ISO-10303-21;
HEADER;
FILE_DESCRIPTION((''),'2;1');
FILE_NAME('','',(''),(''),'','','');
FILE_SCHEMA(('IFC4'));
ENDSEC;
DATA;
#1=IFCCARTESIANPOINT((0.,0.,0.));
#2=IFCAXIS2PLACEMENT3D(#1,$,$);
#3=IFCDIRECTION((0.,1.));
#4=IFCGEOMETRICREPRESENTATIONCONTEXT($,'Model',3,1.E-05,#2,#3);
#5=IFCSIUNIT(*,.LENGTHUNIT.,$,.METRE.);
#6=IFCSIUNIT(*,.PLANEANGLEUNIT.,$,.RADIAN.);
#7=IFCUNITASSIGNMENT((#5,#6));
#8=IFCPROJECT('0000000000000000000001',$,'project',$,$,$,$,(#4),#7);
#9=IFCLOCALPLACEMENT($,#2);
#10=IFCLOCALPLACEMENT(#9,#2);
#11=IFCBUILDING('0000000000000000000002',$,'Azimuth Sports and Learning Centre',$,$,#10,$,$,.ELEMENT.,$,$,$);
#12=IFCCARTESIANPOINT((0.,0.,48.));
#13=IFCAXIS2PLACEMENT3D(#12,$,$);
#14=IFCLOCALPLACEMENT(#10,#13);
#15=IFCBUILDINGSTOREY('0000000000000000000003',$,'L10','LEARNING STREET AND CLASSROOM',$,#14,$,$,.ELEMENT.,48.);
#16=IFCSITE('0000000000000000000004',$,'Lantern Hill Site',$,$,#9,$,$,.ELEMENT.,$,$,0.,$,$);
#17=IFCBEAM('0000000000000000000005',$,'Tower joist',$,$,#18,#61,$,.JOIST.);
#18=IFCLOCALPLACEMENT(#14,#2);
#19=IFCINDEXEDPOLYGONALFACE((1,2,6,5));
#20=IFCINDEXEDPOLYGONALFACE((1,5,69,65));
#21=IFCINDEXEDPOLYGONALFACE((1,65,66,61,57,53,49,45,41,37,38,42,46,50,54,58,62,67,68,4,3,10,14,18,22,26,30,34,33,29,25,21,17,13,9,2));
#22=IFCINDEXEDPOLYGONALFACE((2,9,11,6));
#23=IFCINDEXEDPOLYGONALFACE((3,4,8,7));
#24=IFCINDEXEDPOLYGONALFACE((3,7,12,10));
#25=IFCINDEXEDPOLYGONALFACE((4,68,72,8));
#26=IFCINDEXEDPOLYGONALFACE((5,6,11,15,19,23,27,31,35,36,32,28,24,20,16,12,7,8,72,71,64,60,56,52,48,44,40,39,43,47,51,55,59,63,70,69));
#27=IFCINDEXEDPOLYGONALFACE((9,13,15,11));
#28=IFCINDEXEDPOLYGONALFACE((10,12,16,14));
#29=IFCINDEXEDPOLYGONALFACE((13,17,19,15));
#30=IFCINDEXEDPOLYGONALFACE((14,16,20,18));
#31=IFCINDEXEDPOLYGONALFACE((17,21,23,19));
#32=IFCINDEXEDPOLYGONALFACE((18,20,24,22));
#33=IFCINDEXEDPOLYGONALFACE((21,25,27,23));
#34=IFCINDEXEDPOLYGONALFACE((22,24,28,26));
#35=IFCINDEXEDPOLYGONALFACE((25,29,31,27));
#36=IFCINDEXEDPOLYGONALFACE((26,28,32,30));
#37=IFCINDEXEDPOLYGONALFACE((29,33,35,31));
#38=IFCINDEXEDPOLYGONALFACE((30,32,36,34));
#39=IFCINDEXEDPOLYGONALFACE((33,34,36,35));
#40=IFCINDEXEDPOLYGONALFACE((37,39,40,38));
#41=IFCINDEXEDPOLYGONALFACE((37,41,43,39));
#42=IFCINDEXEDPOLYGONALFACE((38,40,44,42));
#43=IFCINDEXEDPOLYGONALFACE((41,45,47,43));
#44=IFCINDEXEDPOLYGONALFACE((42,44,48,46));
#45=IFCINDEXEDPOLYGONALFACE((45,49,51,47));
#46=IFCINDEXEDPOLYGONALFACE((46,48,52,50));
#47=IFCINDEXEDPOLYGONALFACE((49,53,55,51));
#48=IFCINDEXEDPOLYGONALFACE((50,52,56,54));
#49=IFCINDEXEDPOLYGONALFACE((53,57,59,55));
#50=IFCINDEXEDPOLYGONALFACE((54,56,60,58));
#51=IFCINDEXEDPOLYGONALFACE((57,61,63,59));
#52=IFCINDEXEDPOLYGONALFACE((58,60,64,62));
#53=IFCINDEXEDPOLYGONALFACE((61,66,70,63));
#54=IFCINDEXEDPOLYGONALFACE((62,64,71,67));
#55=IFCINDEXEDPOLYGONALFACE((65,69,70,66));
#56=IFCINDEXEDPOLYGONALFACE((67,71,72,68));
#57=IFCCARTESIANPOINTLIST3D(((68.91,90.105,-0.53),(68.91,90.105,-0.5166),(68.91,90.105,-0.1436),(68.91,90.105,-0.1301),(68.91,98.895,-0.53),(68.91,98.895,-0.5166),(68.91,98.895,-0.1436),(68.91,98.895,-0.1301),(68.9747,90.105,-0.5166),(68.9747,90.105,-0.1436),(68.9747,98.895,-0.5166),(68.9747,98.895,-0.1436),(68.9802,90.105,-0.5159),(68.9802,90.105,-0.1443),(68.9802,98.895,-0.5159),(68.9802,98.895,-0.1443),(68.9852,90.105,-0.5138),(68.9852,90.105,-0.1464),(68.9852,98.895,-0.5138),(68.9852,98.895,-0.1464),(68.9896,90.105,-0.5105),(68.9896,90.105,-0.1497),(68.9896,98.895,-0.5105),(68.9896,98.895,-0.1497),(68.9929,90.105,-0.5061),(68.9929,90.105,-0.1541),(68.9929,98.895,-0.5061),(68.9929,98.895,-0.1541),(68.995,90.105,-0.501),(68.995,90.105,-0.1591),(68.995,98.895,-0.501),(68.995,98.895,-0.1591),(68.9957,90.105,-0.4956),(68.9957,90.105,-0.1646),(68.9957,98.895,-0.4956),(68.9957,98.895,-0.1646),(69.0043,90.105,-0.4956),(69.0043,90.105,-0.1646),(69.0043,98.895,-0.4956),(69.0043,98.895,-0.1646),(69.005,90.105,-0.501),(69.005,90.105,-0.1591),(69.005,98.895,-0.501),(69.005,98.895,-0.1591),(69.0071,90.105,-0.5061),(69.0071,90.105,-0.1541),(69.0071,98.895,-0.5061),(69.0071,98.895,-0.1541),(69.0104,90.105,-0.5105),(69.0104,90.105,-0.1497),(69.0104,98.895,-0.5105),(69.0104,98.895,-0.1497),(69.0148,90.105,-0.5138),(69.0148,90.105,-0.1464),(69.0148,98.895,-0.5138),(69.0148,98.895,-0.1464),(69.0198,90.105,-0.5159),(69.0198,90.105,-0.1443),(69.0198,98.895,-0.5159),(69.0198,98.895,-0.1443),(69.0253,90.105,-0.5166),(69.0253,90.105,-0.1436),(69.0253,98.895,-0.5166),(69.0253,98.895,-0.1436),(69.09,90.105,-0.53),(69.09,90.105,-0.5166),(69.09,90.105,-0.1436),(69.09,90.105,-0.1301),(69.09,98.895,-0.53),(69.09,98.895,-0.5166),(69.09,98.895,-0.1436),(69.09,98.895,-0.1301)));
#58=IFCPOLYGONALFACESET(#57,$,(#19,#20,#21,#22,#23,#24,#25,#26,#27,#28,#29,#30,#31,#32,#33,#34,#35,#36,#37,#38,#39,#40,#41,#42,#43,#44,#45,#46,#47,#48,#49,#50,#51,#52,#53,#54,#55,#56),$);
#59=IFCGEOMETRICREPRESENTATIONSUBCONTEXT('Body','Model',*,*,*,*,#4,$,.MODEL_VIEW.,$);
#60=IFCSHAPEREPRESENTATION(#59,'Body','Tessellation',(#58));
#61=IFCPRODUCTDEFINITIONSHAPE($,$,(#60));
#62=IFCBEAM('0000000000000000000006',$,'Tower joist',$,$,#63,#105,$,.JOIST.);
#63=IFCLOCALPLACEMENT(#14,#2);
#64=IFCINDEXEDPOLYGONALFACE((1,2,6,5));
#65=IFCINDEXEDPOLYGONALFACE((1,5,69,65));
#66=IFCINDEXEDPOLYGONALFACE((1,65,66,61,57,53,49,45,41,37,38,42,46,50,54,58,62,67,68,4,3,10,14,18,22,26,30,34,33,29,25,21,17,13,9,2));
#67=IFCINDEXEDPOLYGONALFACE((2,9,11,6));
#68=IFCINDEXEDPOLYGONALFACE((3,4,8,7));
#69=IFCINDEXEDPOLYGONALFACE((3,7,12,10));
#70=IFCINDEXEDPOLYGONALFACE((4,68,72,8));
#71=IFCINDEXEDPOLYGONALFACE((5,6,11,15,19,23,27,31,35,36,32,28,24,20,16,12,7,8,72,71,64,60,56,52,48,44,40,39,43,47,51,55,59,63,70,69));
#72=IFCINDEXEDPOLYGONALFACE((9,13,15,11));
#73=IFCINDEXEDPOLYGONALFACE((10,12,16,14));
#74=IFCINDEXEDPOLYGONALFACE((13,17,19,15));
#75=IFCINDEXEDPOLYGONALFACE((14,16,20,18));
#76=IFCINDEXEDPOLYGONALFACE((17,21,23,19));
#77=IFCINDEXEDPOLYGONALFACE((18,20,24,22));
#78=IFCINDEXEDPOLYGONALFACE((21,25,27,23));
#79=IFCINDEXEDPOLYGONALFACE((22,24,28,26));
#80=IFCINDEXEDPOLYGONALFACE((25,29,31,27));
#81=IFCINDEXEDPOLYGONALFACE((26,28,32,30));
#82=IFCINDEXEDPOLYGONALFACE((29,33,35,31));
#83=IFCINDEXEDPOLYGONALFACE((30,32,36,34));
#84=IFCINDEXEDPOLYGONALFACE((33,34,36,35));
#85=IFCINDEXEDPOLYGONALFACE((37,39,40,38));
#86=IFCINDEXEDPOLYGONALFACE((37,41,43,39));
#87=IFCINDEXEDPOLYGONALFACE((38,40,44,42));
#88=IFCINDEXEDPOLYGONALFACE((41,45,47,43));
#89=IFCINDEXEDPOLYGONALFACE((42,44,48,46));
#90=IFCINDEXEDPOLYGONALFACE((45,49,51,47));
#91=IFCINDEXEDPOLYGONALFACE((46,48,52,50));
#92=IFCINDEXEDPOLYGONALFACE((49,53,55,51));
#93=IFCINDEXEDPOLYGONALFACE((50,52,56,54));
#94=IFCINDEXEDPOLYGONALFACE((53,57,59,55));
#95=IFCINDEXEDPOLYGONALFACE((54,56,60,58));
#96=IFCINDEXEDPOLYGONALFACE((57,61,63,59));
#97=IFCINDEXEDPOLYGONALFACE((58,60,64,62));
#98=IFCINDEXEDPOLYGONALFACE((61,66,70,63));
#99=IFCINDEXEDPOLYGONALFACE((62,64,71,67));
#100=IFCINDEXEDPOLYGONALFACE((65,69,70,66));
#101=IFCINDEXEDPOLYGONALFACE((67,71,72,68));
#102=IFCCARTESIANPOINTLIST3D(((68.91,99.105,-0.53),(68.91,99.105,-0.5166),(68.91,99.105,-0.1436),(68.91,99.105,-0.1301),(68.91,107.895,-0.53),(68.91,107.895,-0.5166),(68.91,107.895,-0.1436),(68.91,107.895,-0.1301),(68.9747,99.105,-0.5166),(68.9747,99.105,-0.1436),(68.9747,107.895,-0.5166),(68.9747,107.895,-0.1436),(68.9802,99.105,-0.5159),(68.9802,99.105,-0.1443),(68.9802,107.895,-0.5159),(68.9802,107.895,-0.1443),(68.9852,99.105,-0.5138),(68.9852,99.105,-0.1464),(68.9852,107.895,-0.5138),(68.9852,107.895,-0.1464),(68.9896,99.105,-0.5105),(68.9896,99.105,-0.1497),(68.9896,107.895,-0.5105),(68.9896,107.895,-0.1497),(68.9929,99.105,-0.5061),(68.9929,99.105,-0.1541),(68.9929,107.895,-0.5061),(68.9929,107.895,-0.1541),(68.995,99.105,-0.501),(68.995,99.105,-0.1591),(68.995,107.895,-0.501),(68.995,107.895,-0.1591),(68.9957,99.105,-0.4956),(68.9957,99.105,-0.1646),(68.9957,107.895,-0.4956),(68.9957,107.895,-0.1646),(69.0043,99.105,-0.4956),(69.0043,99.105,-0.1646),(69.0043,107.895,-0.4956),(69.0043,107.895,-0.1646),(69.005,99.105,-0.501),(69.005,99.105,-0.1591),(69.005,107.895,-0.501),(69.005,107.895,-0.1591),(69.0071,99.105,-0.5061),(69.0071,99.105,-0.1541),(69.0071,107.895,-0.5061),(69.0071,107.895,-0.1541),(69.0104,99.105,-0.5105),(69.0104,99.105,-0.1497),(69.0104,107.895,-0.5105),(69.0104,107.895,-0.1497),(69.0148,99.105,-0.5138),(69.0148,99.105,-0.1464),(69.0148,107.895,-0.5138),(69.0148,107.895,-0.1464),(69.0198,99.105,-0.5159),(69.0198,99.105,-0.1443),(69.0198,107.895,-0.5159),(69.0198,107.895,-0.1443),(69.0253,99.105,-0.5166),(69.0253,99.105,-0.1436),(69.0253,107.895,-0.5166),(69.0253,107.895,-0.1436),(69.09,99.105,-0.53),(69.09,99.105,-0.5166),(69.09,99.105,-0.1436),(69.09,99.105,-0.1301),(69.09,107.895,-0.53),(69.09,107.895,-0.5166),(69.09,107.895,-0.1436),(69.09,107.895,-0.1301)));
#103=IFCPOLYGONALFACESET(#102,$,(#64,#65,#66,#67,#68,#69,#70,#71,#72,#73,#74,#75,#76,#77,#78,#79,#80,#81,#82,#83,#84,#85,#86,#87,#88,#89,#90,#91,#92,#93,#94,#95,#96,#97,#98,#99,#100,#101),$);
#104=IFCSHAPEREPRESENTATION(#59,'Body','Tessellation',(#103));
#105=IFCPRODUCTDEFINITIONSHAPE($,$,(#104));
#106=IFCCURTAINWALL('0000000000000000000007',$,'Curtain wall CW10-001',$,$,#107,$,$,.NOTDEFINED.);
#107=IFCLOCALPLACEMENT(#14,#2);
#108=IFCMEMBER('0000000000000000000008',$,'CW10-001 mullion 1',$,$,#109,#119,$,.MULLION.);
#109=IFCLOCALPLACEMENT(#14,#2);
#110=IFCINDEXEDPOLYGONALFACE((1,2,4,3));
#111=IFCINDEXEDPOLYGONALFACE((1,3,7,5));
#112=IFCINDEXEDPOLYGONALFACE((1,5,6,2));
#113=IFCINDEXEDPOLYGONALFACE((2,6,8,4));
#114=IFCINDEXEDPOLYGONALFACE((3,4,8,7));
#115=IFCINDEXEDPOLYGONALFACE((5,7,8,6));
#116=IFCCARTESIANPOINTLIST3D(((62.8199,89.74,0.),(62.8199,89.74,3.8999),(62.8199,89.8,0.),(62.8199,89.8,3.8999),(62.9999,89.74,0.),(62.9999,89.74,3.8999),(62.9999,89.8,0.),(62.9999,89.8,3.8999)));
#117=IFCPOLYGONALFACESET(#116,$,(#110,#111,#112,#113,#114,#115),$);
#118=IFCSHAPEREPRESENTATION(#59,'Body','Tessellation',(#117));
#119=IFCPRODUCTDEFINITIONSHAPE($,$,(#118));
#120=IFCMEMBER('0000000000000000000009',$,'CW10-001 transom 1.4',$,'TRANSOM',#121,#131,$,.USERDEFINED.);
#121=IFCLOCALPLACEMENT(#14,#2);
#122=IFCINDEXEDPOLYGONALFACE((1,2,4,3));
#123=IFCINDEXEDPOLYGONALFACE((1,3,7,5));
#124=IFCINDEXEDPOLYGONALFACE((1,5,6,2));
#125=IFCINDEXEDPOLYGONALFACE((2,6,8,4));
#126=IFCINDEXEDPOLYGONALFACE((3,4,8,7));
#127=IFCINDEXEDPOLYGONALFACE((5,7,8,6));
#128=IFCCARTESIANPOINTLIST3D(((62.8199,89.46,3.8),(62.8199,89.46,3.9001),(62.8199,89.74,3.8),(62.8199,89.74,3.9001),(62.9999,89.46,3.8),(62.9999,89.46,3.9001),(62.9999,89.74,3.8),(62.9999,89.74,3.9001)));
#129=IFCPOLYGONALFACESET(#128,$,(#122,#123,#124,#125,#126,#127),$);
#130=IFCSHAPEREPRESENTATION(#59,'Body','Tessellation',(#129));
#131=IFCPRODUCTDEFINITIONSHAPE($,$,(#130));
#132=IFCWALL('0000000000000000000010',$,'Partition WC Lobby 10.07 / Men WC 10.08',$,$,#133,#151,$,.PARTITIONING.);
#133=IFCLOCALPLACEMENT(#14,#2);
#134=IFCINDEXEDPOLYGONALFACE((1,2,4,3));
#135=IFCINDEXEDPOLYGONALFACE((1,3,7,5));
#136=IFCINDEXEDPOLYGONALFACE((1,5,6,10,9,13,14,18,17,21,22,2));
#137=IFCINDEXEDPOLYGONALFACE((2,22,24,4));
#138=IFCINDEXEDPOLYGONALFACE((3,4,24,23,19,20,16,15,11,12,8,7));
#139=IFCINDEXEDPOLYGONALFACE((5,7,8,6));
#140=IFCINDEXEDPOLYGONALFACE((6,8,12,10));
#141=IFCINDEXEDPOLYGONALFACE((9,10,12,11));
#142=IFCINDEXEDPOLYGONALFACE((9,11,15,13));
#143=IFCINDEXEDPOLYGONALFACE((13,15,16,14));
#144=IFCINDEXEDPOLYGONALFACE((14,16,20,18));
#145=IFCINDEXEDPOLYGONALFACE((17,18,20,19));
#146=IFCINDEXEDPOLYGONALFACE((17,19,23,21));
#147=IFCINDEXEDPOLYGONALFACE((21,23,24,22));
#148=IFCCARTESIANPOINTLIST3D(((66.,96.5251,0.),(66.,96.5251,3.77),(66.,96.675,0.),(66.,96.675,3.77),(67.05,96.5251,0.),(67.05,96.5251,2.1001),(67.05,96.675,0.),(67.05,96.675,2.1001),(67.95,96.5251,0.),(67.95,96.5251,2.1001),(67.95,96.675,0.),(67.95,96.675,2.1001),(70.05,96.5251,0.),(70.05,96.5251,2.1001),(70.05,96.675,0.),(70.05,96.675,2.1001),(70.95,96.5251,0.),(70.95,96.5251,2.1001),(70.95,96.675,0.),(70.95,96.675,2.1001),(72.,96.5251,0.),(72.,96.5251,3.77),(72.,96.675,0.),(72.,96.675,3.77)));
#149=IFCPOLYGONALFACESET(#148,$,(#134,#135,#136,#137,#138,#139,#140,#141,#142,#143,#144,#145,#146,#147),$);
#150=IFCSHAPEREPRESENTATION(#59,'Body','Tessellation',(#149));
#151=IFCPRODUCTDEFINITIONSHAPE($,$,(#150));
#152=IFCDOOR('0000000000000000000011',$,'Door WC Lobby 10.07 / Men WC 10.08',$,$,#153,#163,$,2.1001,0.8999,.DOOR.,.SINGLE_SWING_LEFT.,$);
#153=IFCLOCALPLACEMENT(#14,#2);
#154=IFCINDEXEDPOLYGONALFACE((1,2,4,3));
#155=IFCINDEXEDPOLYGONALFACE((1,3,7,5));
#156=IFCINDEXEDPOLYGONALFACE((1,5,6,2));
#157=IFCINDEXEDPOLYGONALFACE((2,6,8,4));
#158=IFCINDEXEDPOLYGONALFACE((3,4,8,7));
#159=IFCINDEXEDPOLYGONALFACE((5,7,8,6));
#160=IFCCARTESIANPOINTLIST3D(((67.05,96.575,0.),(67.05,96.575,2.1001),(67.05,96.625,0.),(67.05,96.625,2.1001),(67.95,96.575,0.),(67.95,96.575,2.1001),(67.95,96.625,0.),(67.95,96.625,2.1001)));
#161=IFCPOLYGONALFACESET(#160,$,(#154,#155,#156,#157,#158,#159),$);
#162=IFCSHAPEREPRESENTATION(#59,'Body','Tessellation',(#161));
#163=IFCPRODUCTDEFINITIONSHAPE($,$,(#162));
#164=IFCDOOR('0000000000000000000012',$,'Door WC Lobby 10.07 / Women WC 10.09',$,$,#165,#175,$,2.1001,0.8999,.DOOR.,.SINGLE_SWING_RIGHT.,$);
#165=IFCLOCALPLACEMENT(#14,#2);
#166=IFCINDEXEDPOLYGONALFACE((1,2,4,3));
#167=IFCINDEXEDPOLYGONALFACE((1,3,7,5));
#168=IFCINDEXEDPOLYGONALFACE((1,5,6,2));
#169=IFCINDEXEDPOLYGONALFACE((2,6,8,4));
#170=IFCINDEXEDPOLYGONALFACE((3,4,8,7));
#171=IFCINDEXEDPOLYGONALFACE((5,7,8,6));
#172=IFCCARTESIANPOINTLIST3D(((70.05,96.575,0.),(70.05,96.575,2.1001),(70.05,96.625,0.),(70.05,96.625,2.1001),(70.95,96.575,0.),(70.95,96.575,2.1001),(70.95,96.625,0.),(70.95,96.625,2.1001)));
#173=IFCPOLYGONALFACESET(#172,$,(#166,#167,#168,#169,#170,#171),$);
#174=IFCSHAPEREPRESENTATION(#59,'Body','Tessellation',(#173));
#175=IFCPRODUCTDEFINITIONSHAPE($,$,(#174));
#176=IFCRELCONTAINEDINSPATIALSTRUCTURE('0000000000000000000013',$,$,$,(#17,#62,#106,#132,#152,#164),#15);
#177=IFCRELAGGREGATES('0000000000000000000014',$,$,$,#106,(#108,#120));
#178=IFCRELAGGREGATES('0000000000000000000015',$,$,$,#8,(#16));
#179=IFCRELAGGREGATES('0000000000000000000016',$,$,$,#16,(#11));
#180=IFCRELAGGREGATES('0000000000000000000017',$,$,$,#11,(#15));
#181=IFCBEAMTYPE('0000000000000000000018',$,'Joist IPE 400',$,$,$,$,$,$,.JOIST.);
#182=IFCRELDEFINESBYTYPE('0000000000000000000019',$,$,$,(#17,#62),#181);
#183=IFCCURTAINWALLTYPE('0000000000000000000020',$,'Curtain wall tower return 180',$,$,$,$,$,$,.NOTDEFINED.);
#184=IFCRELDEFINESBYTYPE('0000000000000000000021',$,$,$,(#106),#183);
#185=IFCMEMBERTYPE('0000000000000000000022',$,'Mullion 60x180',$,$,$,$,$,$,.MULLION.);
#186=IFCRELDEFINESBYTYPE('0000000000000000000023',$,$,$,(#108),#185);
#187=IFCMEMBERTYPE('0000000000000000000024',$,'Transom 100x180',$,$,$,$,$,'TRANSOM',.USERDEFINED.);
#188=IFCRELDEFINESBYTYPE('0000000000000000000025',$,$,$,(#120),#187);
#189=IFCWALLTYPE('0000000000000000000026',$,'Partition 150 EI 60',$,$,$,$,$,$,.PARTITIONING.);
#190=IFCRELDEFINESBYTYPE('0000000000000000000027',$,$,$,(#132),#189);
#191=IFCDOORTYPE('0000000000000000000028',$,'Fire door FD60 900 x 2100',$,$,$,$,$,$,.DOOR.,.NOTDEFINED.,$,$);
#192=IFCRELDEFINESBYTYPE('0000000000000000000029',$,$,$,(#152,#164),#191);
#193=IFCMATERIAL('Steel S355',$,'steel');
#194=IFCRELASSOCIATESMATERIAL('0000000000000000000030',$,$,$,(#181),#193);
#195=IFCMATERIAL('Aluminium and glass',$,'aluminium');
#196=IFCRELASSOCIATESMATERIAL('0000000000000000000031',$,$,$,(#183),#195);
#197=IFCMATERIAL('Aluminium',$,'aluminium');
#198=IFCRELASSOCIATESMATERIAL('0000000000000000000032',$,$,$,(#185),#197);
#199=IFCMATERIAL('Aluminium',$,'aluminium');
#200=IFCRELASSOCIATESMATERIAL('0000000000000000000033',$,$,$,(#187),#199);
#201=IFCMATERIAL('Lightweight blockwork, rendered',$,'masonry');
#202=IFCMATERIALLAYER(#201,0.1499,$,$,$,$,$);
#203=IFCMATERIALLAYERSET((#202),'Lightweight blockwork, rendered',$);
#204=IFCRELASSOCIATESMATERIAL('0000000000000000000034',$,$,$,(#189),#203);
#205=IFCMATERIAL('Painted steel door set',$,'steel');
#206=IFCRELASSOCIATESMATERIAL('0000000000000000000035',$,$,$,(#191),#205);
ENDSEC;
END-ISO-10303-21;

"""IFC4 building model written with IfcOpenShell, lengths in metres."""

from ifc_helpers import new_model, si_unit, direction, frame, frame_2d, origin, origin_2d, place, context, subcontext, project, spatial, rectangle, i_section, extrude, material, layer, layer_set, material_profile, profile_set, type_object, element, fill, aggregate, save


model = new_model("IFC4")

# Units and contexts
model_context = context("Model", 3, precision=1e-05, world=origin(), true_north=direction((0.0, 1.0)))
body_context = subcontext(model_context, "Body", "Model", "MODEL_VIEW")
ifc_project = project(units=[si_unit("LENGTHUNIT", "METRE"), si_unit("PLANEANGLEUNIT", "RADIAN")], contexts=[model_context])

# Site, building, storey
site_placement = place(None, origin())
site = spatial("IfcSite", under=ifc_project, at=site_placement, Name="Lantern Hill Site", CompositionType="ELEMENT", RefElevation=0.0)
building_placement = place(site_placement, origin())
building = spatial("IfcBuilding", under=site, at=building_placement, Name="Azimuth Sports and Learning Centre", CompositionType="ELEMENT")
storey_placement = place(building_placement, frame((0.0, 0.0, 48.0)))
storey = spatial("IfcBuildingStorey", under=building, at=storey_placement, Name="L10", Description="LEARNING STREET AND CLASSROOM", CompositionType="ELEMENT", Elevation=48.0)

# Beams
ifc_material_1 = material(Name="Steel S355", Category="steel")
ifc_material_profile_1 = material_profile(ifc_material_1, i_section(OverallWidth=0.1799, OverallDepth=0.3999, WebThickness=0.0085, FlangeThickness=0.0134, FilletRadius=0.021, at=origin_2d()), Name="IPE 400")
ifc_profile_set_1 = profile_set([ifc_material_profile_1], Name="Steel S355")
beam_type_1 = type_object("IfcBeamType", Name="Joist IPE 400", PredefinedType="JOIST", material=ifc_profile_set_1)
for number, where, z_axis, x_axis, name in (
    (1, (69.0, 90.105, -0.3301), (0.0, 1.0, 0.0), (-1.0, 0.0, 0.0), "Tower joist"),
    (2, (69.0, 99.105, -0.3301), (0.0, 1.0, 0.0), (-1.0, 0.0, 0.0), "Tower joist"),
):
    element("IfcBeam", number, at=place(storey_placement, frame(where, z_axis=z_axis, x_axis=x_axis)), inside=storey, type_object=beam_type_1, Name=name, PredefinedType="JOIST", context=body_context, shape_type="SweptSolid", body=[
        extrude(i_section(OverallWidth=0.1799, OverallDepth=0.3999, WebThickness=0.0085, FlangeThickness=0.0134, FilletRadius=0.021, at=origin_2d()), origin(), (0.0, 0.0, 1.0), 8.79),
    ])

# Curtain wall, members
ifc_material_2 = material(Name="Aluminium and glass", Category="aluminium")
curtain_wall_type = type_object("IfcCurtainWallType", Name="Curtain wall tower return 180", PredefinedType="NOTDEFINED", material=ifc_material_2)
curtain_wall_placement = place(storey_placement, origin())
curtain_wall = element("IfcCurtainWall", 3, at=curtain_wall_placement, inside=storey, type_object=curtain_wall_type, Name="Curtain wall CW10-001", PredefinedType="NOTDEFINED")
ifc_material_3 = material(Name="Aluminium", Category="aluminium")
ifc_material_profile_2 = material_profile(ifc_material_3, rectangle(XDim=0.1799, YDim=0.0601, at=origin_2d()), Name="Mullion 60x180")
ifc_profile_set_2 = profile_set([ifc_material_profile_2], Name="Aluminium")
member_type_1 = type_object("IfcMemberType", Name="Mullion 60x180", PredefinedType="MULLION", material=ifc_profile_set_2)
member_1_placement = place(storey_placement, frame((62.9099, 89.77, 0.0), z_axis=(0.0, 0.0, 1.0), x_axis=(1.0, 0.0, 0.0)))
member_1 = element("IfcMember", 4, at=member_1_placement, type_object=member_type_1, Name="CW10-001 mullion 1", PredefinedType="MULLION", context=body_context, shape_type="SweptSolid", body=[
    extrude(rectangle(XDim=0.1799, YDim=0.0601, at=origin_2d()), origin(), (0.0, 0.0, 1.0), 3.8999),
])
ifc_material_4 = material(Name="Aluminium", Category="aluminium")
ifc_material_profile_3 = material_profile(ifc_material_4, rectangle(XDim=0.1799, YDim=0.1001, at=origin_2d()), Name="Transom 100x180")
ifc_profile_set_3 = profile_set([ifc_material_profile_3], Name="Aluminium")
member_type_2 = type_object("IfcMemberType", Name="Transom 100x180", ElementType="TRANSOM", PredefinedType="USERDEFINED", material=ifc_profile_set_3)
member_2_placement = place(storey_placement, frame((62.9099, 89.74, 3.8501), z_axis=(0.0, -1.0, 0.0), x_axis=(1.0, 0.0, 0.0)))
member_2 = element("IfcMember", 5, at=member_2_placement, type_object=member_type_2, Name="CW10-001 transom 1.4", ObjectType="TRANSOM", PredefinedType="USERDEFINED", context=body_context, shape_type="SweptSolid", body=[
    extrude(rectangle(XDim=0.1799, YDim=0.1001, at=origin_2d()), origin(), (0.0, 0.0, 1.0), 0.28),
])
aggregate(curtain_wall, [member_1, member_2])

# Wall, openings, doors
ifc_material_5 = material(Name="Lightweight blockwork, rendered", Category="masonry")
ifc_layer_1 = layer(ifc_material_5, 0.1499)
ifc_layer_set_1 = layer_set([ifc_layer_1], Name="Lightweight blockwork, rendered")
wall_type_1 = type_object("IfcWallType", Name="Partition 150 EI 60", PredefinedType="PARTITIONING", material=ifc_layer_set_1)
wall_1_placement = place(storey_placement, frame((66.0, 96.6001, 0.0), z_axis=(0.0, 0.0, 1.0), x_axis=(1.0, 0.0, 0.0)))
wall_1 = element("IfcWall", 6, at=wall_1_placement, inside=storey, type_object=wall_type_1, Name="Partition WC Lobby 10.07 / Men WC 10.08", PredefinedType="PARTITIONING", context=body_context, shape_type="SweptSolid", body=[
    extrude(rectangle(XDim=6.0, YDim=0.1499, at=frame_2d((3.0, 0.0))), origin(), (0.0, 0.0, 1.0), 3.77),
])
opening_1_placement = place(wall_1_placement, frame((1.05, 0.0, 0.0)))
opening_1 = element("IfcOpeningElement", 7, at=opening_1_placement, cuts=wall_1, PredefinedType="OPENING", context=body_context, shape_type="SweptSolid", body=[
    extrude(rectangle(XDim=0.8999, YDim=2.1001, at=frame_2d((0.45, 1.05))), frame((0.0, 0.0859, 0.0), z_axis=(0.0, -1.0, 0.0), x_axis=(1.0, 0.0, 0.0)), (0.0, 0.0, 1.0), 0.1719),
])
opening_2_placement = place(wall_1_placement, frame((4.05, 0.0, 0.0)))
opening_2 = element("IfcOpeningElement", 8, at=opening_2_placement, cuts=wall_1, PredefinedType="OPENING", context=body_context, shape_type="SweptSolid", body=[
    extrude(rectangle(XDim=0.8999, YDim=2.1001, at=frame_2d((0.45, 1.05))), frame((0.0, 0.0859, 0.0), z_axis=(0.0, -1.0, 0.0), x_axis=(1.0, 0.0, 0.0)), (0.0, 0.0, 1.0), 0.1719),
])
ifc_material_6 = material(Name="Painted steel door set", Category="steel")
door_type_1 = type_object("IfcDoorType", Name="Fire door FD60 900 x 2100", OperationType="NOTDEFINED", PredefinedType="DOOR", material=ifc_material_6)
door_1_placement = place(opening_1_placement, origin())
door_1 = element("IfcDoor", 9, at=door_1_placement, inside=storey, type_object=door_type_1, Name="Door WC Lobby 10.07 / Men WC 10.08", OperationType="SINGLE_SWING_LEFT", OverallHeight=2.1001, OverallWidth=0.8999, PredefinedType="DOOR", context=body_context, shape_type="SweptSolid", body=[
    extrude(rectangle(XDim=0.8999, YDim=2.1001, at=frame_2d((0.45, 1.05))), frame((0.0, 0.0249, 0.0), z_axis=(0.0, -1.0, 0.0), x_axis=(1.0, 0.0, 0.0)), (0.0, 0.0, 1.0), 0.05),
])
fill(opening_1, door_1)
door_2_placement = place(opening_2_placement, origin())
door_2 = element("IfcDoor", 10, at=door_2_placement, inside=storey, type_object=door_type_1, Name="Door WC Lobby 10.07 / Women WC 10.09", OperationType="SINGLE_SWING_RIGHT", OverallHeight=2.1001, OverallWidth=0.8999, PredefinedType="DOOR", context=body_context, shape_type="SweptSolid", body=[
    extrude(rectangle(XDim=0.8999, YDim=2.1001, at=frame_2d((0.45, 1.05))), frame((0.0, 0.0249, 0.0), z_axis=(0.0, -1.0, 0.0), x_axis=(1.0, 0.0, 0.0)), (0.0, 0.0, 1.0), 0.05),
])
fill(opening_2, door_2)

save(model, "model.ifc")
